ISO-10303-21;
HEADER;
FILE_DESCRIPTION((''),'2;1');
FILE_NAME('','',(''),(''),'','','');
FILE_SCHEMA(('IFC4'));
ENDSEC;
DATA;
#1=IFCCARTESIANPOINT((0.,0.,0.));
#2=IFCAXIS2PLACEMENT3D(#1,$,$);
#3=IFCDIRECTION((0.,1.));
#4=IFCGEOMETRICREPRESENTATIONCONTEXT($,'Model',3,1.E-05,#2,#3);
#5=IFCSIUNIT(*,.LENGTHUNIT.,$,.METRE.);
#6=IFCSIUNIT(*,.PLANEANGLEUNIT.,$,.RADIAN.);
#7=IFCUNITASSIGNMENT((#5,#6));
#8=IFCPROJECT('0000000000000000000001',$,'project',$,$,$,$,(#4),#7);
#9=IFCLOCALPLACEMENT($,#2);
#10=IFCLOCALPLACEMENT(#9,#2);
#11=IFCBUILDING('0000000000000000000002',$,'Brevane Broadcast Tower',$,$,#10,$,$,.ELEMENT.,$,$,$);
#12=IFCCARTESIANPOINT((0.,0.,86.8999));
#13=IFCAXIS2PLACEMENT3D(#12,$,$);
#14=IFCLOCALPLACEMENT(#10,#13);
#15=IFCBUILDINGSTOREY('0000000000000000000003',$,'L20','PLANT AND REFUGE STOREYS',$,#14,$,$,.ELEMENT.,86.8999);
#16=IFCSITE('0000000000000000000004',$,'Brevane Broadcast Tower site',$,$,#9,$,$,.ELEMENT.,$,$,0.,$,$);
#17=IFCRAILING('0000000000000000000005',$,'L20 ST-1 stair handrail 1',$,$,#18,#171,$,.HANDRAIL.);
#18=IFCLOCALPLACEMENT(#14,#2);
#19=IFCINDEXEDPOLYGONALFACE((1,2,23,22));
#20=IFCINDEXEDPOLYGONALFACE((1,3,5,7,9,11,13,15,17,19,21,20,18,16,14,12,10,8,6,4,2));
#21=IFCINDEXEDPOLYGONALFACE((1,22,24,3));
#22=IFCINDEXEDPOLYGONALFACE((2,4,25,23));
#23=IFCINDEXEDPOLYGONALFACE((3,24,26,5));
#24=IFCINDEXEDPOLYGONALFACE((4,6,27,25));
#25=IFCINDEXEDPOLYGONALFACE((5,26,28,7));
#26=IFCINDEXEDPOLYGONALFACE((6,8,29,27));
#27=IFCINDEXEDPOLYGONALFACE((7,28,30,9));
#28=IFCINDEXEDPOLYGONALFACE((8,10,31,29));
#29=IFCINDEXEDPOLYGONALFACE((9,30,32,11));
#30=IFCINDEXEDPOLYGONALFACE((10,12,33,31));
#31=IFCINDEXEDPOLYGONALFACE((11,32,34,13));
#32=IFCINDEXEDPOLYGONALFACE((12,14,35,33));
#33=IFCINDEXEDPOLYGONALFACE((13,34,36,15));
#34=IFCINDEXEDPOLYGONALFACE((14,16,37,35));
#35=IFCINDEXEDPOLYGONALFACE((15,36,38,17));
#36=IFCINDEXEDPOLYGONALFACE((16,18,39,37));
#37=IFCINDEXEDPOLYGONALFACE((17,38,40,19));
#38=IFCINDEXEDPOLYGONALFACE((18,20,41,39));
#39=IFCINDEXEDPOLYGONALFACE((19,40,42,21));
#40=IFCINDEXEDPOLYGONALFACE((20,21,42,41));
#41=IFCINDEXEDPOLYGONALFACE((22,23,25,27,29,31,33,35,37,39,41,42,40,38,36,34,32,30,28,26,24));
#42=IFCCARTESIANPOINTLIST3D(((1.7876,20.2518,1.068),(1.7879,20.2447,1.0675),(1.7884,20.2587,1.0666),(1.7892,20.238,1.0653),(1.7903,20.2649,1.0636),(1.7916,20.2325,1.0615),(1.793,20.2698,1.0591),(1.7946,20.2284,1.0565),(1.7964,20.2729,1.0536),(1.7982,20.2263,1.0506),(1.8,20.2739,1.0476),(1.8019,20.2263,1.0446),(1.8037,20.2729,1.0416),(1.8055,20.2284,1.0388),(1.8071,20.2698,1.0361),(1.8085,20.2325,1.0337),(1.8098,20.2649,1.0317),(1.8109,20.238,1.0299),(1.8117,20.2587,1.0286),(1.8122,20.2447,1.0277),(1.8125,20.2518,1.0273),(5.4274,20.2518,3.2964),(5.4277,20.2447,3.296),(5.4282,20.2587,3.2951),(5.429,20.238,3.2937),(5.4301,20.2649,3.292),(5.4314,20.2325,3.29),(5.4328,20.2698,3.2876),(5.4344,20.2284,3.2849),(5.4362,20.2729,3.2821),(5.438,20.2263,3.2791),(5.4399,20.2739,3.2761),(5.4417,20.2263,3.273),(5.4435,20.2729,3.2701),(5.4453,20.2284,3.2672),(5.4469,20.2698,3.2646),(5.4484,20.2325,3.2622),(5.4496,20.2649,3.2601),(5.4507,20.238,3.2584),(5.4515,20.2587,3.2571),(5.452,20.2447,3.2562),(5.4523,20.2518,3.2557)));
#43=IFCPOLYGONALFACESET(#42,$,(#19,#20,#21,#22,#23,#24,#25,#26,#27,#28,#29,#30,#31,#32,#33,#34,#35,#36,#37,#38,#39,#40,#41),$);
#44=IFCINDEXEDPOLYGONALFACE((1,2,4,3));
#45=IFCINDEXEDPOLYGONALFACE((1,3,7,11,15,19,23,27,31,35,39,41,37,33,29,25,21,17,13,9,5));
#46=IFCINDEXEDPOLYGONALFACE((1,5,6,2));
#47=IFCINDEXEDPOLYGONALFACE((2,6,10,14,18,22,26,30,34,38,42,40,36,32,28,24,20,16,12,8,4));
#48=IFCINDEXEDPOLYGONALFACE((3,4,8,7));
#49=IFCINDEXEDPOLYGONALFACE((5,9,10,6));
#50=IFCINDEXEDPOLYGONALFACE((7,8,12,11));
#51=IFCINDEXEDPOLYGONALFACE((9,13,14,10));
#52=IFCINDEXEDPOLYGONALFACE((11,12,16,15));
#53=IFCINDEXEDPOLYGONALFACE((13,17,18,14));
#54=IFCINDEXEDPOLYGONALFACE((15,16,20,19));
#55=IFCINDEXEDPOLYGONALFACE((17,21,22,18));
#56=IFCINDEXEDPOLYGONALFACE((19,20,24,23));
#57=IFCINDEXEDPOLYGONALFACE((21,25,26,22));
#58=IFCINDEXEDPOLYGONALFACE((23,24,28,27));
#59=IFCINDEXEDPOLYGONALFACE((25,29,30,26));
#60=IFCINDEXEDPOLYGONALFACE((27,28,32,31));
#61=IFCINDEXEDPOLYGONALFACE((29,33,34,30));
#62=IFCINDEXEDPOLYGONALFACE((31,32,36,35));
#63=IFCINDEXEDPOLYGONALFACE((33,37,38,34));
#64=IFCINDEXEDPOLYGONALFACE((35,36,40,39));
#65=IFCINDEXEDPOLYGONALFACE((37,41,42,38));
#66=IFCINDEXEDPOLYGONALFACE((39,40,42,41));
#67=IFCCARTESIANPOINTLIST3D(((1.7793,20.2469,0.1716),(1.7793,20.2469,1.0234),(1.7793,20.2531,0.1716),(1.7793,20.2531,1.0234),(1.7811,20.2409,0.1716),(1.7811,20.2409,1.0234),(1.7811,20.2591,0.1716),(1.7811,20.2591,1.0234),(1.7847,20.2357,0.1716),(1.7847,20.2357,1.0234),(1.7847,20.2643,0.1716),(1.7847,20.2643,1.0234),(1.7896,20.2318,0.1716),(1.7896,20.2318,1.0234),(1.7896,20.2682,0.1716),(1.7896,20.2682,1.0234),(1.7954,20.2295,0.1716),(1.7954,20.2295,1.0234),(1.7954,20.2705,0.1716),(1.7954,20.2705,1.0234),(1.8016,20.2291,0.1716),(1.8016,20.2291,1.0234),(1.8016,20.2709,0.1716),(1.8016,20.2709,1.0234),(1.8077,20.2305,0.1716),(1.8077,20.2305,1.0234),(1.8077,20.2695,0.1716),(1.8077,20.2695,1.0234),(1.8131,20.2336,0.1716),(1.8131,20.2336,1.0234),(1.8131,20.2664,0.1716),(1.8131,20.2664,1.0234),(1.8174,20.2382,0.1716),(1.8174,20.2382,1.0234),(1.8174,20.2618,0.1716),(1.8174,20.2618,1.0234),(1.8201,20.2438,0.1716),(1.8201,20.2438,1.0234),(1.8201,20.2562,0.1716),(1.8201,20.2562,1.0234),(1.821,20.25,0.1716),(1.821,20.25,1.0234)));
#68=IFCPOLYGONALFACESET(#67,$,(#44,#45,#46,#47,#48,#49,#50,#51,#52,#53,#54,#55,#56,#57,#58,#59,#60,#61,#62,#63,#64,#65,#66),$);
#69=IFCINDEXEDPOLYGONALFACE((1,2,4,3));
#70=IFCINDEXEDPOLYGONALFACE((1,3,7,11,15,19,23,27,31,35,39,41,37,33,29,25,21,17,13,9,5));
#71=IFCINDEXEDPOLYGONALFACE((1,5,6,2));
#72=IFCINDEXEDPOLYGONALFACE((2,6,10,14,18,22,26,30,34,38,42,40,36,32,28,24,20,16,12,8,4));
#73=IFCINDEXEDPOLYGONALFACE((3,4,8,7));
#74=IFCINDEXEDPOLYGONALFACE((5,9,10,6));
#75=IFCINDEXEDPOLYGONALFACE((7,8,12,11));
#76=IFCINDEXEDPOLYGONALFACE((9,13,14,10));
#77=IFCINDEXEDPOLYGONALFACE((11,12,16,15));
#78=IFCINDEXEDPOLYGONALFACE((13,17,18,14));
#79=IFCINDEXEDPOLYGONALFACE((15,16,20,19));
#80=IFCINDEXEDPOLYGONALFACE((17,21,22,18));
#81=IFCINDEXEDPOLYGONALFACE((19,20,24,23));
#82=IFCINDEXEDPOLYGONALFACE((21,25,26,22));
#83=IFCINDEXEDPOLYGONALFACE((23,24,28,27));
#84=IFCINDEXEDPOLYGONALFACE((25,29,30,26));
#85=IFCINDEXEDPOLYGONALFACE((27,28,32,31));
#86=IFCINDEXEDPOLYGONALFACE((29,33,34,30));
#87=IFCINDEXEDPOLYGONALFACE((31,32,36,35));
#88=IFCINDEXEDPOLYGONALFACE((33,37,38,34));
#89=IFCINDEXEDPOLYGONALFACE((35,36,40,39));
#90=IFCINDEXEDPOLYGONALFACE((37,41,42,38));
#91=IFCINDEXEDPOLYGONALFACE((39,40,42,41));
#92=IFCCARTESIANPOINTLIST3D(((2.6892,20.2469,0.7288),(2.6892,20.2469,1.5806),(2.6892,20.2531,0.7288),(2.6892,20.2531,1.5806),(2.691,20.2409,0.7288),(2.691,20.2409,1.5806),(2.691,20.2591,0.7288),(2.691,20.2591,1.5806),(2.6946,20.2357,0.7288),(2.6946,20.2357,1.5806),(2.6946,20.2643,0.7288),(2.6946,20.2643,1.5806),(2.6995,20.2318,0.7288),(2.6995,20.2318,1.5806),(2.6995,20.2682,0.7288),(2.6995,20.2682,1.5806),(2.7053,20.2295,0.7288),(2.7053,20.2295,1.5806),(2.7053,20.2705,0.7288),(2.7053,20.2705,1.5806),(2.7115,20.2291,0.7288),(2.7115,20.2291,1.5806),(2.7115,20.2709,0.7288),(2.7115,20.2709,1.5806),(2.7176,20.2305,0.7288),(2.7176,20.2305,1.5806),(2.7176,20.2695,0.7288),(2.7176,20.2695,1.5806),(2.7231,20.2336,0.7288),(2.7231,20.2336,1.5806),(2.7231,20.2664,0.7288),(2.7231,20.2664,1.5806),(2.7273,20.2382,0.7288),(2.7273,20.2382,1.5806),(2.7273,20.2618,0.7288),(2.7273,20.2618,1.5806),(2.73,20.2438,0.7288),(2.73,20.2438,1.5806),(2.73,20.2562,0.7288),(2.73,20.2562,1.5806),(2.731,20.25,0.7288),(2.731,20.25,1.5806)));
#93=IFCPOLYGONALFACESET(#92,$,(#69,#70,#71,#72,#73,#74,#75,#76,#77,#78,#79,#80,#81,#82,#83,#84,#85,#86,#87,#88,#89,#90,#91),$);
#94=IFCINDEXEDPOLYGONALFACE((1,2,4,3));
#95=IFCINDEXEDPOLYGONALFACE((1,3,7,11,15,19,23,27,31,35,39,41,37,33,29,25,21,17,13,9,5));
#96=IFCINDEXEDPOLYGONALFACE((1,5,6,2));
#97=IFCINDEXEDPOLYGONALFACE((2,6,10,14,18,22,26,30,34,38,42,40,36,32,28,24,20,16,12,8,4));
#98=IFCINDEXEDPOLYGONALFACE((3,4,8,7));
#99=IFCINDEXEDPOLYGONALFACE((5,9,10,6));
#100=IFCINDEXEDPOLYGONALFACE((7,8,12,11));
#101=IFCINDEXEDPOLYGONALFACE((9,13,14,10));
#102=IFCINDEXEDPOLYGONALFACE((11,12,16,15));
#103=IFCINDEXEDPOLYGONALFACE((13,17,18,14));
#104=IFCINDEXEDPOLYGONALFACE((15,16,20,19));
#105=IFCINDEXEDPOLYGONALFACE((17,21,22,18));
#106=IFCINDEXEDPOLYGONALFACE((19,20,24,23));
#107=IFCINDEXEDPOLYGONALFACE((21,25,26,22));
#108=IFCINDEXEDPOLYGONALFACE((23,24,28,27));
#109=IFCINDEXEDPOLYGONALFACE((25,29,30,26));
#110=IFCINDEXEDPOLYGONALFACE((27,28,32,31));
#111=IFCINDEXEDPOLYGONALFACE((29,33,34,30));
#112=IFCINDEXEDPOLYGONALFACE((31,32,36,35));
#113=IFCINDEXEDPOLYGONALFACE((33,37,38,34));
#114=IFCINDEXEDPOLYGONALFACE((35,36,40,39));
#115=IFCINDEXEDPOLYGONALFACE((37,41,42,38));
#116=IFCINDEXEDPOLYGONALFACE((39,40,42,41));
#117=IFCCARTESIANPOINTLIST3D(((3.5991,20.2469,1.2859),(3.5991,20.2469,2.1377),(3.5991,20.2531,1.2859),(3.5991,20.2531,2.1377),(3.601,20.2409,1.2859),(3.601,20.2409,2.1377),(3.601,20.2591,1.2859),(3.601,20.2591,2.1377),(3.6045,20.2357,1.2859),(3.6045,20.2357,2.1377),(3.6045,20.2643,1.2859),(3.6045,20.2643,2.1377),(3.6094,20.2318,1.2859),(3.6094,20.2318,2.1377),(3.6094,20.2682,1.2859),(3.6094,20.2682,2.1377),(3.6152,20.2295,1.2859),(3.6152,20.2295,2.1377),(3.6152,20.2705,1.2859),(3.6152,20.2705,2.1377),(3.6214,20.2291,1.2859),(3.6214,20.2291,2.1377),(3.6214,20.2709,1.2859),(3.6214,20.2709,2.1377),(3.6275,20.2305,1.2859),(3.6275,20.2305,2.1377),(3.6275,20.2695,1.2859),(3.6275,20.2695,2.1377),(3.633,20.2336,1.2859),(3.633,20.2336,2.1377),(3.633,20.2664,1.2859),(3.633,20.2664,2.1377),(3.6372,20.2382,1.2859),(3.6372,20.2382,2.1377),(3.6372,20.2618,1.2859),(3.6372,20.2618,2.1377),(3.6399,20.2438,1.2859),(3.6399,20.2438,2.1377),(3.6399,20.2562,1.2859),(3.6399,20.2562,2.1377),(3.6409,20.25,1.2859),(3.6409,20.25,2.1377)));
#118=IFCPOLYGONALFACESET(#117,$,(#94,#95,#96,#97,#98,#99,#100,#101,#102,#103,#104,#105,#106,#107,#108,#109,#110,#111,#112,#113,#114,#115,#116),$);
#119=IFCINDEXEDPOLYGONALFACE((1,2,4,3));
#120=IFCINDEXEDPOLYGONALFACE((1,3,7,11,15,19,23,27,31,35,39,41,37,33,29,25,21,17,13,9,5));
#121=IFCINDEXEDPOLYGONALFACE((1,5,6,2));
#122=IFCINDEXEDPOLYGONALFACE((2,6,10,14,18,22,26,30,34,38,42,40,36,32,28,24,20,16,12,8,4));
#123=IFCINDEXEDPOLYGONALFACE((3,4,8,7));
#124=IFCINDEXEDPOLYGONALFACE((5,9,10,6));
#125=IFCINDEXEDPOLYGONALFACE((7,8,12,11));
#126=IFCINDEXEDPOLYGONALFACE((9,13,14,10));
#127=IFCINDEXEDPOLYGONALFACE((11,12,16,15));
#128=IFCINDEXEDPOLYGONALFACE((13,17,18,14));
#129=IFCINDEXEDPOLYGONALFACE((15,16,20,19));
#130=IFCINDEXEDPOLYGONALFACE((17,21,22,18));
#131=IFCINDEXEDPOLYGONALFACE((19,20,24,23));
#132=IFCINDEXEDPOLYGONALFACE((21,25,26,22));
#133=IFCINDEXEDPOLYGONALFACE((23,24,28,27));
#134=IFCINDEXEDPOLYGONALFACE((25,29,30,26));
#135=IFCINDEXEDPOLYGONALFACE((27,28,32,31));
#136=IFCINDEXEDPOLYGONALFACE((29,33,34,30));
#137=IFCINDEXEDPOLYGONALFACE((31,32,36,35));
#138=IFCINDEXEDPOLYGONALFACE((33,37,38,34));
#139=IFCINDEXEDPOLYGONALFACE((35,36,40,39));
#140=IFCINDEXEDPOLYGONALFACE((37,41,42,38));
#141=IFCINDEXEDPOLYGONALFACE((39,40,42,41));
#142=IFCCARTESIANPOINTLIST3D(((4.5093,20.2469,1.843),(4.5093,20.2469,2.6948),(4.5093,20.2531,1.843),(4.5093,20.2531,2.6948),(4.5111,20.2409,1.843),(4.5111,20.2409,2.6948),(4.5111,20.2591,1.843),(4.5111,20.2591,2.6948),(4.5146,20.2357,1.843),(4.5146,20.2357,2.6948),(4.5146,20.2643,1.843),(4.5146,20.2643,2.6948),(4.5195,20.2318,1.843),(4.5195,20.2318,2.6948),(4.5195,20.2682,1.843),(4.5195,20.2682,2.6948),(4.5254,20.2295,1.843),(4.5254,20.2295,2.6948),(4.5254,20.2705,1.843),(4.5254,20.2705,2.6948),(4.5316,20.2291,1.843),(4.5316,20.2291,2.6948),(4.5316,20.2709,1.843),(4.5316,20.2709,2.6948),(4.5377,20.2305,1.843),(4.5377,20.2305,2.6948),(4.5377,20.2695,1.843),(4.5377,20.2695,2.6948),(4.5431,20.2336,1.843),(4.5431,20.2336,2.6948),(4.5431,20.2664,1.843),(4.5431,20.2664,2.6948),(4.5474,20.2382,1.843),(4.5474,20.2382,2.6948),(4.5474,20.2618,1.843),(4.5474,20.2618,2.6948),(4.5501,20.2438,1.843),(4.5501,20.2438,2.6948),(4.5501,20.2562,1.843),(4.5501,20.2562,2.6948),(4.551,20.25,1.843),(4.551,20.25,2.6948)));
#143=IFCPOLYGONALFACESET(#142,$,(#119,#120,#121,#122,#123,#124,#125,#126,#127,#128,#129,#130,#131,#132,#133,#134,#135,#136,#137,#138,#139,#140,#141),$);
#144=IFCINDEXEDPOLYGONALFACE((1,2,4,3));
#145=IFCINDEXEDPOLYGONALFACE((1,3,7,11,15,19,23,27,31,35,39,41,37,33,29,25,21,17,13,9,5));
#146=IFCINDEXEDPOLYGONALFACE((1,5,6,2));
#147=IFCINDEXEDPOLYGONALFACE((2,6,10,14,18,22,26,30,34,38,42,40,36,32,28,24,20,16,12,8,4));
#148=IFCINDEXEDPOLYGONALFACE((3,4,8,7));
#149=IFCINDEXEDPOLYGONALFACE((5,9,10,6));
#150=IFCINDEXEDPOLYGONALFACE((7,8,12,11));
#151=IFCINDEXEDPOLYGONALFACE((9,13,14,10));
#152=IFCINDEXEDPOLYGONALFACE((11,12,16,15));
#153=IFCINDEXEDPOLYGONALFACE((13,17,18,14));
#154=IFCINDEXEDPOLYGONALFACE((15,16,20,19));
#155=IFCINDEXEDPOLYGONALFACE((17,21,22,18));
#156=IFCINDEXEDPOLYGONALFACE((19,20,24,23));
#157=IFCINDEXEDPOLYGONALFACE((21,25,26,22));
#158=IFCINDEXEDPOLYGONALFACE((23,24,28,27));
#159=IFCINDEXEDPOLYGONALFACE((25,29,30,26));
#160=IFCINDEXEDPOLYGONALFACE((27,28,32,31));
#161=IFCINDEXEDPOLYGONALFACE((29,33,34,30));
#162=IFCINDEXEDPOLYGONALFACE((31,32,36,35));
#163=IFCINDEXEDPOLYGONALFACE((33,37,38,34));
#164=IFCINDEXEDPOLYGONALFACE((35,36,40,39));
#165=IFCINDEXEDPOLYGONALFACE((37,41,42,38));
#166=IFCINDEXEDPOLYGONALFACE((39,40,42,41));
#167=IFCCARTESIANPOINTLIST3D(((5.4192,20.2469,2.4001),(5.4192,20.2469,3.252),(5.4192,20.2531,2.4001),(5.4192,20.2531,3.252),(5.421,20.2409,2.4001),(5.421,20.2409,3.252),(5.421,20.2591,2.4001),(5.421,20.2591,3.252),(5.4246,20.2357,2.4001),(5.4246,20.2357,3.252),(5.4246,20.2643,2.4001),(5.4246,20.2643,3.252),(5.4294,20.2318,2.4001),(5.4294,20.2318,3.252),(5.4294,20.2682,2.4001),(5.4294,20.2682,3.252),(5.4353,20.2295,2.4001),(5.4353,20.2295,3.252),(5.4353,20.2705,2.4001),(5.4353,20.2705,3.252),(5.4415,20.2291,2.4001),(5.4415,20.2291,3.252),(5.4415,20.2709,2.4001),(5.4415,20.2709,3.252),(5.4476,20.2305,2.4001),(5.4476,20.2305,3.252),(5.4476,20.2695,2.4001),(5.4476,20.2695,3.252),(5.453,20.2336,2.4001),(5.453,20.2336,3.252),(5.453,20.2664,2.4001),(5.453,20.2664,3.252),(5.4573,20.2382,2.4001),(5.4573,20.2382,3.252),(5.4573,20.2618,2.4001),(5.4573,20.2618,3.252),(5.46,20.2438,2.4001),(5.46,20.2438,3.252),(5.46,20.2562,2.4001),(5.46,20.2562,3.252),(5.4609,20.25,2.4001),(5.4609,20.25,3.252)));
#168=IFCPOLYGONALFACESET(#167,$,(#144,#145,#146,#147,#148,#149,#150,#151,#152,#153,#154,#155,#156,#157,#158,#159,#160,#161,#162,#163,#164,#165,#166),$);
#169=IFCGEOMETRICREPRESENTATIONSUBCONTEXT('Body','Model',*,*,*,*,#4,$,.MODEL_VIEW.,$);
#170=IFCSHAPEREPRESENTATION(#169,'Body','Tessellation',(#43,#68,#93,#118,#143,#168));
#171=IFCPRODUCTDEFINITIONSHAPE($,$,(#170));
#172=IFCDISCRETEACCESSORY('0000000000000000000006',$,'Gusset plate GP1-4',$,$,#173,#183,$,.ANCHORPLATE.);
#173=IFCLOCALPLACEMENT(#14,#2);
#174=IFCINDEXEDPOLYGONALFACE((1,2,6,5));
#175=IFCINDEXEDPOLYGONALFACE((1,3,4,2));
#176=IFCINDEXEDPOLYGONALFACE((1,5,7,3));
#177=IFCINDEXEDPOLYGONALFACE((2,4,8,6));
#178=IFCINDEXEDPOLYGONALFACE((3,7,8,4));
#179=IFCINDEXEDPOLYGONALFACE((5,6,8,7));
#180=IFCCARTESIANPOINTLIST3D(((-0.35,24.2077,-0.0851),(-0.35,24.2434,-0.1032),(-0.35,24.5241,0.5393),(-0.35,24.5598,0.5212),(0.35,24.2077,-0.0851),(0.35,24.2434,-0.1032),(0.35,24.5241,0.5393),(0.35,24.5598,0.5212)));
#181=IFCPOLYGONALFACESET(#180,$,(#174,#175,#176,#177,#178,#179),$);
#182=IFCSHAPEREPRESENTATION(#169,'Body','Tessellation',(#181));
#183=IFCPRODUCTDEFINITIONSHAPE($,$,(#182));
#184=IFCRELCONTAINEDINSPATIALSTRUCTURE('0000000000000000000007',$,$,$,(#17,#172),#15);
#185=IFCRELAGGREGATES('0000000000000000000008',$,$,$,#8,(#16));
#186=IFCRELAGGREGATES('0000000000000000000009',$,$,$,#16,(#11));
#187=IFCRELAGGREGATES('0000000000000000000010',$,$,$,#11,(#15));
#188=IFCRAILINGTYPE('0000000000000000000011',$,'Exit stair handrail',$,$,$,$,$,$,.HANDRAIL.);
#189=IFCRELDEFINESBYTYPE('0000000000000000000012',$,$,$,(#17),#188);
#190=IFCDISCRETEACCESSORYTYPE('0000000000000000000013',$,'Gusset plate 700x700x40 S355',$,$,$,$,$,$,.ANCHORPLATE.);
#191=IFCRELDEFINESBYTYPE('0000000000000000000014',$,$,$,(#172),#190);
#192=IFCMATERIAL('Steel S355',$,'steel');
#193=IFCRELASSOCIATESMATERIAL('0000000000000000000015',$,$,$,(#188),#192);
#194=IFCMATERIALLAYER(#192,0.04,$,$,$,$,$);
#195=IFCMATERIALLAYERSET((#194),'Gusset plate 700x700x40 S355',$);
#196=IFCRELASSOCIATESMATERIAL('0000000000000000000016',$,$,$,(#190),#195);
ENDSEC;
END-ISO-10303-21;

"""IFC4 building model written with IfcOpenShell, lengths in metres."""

from ifc_helpers import new_model, si_unit, direction, frame, origin, origin_2d, place, context, subcontext, project, spatial, rectangle, circle, extrude, material, layer, layer_set, type_object, element, save


model = new_model("IFC4")

# Units and contexts
model_context = context("Model", 3, precision=1e-05, world=origin(), true_north=direction((0.0, 1.0)))
body_context = subcontext(model_context, "Body", "Model", "MODEL_VIEW")
ifc_project = project(units=[si_unit("LENGTHUNIT", "METRE"), si_unit("PLANEANGLEUNIT", "RADIAN")], contexts=[model_context])

# Site, building, storey
site_placement = place(None, origin())
site = spatial("IfcSite", under=ifc_project, at=site_placement, Name="Brevane Broadcast Tower site", CompositionType="ELEMENT", RefElevation=0.0)
building_placement = place(site_placement, origin())
building = spatial("IfcBuilding", under=site, at=building_placement, Name="Brevane Broadcast Tower", CompositionType="ELEMENT")
storey_placement = place(building_placement, frame((0.0, 0.0, 86.8999)))
storey = spatial("IfcBuildingStorey", under=building, at=storey_placement, Name="L20", Description="PLANT AND REFUGE STOREYS", CompositionType="ELEMENT", Elevation=86.8999)

# Shared definitions
ifc_material_1 = material(Name="Steel S355", Category="steel")

# Railing
railing_type_1 = type_object("IfcRailingType", Name="Exit stair handrail", PredefinedType="HANDRAIL", material=ifc_material_1)
railing_1_placement = place(storey_placement, frame((1.8, 20.25, 0.1716)))
element("IfcRailing", 1, at=railing_1_placement, inside=storey, type_object=railing_type_1, Name="L20 ST-1 stair handrail 1", PredefinedType="HANDRAIL", context=body_context, shape_type="SweptSolid", body=[
    extrude(circle(Radius=0.0239, at=origin_2d()), frame((0.0, 0.0, 0.876), z_axis=(0.85285, 0.0, 0.522156), x_axis=(0.0, 1.0, 0.0)), (0.0, 0.0, 1.0), 4.2678),
    extrude(circle(Radius=0.021, at=origin_2d()), origin(), (0.0, 0.0, 1.0), 0.8518),
    extrude(circle(Radius=0.021, at=origin_2d()), frame((0.9099, 0.0, 0.5571)), (0.0, 0.0, 1.0), 0.8518),
    extrude(circle(Radius=0.021, at=origin_2d()), frame((1.8198, 0.0, 1.1143)), (0.0, 0.0, 1.0), 0.8518),
    extrude(circle(Radius=0.021, at=origin_2d()), frame((2.73, 0.0, 1.6714)), (0.0, 0.0, 1.0), 0.8518),
    extrude(circle(Radius=0.021, at=origin_2d()), frame((3.6399, 0.0, 2.2285)), (0.0, 0.0, 1.0), 0.8518),
])

# Discrete accessory
ifc_layer_1 = layer(ifc_material_1, 0.04)
ifc_layer_set_1 = layer_set([ifc_layer_1], Name="Gusset plate 700x700x40 S355")
discrete_accessory_type = type_object("IfcDiscreteAccessoryType", Name="Gusset plate 700x700x40 S355", PredefinedType="ANCHORPLATE", material=ifc_layer_set_1)
discrete_accessory_placement = place(storey_placement, frame((0.0, 24.4016, 0.209), z_axis=(0.0, -0.89197, 0.452094), x_axis=(1.0, 0.0, 0.0)))
element("IfcDiscreteAccessory", 2, at=discrete_accessory_placement, inside=storey, type_object=discrete_accessory_type, Name="Gusset plate GP1-4", PredefinedType="ANCHORPLATE", context=body_context, shape_type="SweptSolid", body=[
    extrude(rectangle(XDim=0.7, YDim=0.7, at=origin_2d()), origin(), (0.0, 0.0, 1.0), 0.04),
])

save(model, "model.ifc")
